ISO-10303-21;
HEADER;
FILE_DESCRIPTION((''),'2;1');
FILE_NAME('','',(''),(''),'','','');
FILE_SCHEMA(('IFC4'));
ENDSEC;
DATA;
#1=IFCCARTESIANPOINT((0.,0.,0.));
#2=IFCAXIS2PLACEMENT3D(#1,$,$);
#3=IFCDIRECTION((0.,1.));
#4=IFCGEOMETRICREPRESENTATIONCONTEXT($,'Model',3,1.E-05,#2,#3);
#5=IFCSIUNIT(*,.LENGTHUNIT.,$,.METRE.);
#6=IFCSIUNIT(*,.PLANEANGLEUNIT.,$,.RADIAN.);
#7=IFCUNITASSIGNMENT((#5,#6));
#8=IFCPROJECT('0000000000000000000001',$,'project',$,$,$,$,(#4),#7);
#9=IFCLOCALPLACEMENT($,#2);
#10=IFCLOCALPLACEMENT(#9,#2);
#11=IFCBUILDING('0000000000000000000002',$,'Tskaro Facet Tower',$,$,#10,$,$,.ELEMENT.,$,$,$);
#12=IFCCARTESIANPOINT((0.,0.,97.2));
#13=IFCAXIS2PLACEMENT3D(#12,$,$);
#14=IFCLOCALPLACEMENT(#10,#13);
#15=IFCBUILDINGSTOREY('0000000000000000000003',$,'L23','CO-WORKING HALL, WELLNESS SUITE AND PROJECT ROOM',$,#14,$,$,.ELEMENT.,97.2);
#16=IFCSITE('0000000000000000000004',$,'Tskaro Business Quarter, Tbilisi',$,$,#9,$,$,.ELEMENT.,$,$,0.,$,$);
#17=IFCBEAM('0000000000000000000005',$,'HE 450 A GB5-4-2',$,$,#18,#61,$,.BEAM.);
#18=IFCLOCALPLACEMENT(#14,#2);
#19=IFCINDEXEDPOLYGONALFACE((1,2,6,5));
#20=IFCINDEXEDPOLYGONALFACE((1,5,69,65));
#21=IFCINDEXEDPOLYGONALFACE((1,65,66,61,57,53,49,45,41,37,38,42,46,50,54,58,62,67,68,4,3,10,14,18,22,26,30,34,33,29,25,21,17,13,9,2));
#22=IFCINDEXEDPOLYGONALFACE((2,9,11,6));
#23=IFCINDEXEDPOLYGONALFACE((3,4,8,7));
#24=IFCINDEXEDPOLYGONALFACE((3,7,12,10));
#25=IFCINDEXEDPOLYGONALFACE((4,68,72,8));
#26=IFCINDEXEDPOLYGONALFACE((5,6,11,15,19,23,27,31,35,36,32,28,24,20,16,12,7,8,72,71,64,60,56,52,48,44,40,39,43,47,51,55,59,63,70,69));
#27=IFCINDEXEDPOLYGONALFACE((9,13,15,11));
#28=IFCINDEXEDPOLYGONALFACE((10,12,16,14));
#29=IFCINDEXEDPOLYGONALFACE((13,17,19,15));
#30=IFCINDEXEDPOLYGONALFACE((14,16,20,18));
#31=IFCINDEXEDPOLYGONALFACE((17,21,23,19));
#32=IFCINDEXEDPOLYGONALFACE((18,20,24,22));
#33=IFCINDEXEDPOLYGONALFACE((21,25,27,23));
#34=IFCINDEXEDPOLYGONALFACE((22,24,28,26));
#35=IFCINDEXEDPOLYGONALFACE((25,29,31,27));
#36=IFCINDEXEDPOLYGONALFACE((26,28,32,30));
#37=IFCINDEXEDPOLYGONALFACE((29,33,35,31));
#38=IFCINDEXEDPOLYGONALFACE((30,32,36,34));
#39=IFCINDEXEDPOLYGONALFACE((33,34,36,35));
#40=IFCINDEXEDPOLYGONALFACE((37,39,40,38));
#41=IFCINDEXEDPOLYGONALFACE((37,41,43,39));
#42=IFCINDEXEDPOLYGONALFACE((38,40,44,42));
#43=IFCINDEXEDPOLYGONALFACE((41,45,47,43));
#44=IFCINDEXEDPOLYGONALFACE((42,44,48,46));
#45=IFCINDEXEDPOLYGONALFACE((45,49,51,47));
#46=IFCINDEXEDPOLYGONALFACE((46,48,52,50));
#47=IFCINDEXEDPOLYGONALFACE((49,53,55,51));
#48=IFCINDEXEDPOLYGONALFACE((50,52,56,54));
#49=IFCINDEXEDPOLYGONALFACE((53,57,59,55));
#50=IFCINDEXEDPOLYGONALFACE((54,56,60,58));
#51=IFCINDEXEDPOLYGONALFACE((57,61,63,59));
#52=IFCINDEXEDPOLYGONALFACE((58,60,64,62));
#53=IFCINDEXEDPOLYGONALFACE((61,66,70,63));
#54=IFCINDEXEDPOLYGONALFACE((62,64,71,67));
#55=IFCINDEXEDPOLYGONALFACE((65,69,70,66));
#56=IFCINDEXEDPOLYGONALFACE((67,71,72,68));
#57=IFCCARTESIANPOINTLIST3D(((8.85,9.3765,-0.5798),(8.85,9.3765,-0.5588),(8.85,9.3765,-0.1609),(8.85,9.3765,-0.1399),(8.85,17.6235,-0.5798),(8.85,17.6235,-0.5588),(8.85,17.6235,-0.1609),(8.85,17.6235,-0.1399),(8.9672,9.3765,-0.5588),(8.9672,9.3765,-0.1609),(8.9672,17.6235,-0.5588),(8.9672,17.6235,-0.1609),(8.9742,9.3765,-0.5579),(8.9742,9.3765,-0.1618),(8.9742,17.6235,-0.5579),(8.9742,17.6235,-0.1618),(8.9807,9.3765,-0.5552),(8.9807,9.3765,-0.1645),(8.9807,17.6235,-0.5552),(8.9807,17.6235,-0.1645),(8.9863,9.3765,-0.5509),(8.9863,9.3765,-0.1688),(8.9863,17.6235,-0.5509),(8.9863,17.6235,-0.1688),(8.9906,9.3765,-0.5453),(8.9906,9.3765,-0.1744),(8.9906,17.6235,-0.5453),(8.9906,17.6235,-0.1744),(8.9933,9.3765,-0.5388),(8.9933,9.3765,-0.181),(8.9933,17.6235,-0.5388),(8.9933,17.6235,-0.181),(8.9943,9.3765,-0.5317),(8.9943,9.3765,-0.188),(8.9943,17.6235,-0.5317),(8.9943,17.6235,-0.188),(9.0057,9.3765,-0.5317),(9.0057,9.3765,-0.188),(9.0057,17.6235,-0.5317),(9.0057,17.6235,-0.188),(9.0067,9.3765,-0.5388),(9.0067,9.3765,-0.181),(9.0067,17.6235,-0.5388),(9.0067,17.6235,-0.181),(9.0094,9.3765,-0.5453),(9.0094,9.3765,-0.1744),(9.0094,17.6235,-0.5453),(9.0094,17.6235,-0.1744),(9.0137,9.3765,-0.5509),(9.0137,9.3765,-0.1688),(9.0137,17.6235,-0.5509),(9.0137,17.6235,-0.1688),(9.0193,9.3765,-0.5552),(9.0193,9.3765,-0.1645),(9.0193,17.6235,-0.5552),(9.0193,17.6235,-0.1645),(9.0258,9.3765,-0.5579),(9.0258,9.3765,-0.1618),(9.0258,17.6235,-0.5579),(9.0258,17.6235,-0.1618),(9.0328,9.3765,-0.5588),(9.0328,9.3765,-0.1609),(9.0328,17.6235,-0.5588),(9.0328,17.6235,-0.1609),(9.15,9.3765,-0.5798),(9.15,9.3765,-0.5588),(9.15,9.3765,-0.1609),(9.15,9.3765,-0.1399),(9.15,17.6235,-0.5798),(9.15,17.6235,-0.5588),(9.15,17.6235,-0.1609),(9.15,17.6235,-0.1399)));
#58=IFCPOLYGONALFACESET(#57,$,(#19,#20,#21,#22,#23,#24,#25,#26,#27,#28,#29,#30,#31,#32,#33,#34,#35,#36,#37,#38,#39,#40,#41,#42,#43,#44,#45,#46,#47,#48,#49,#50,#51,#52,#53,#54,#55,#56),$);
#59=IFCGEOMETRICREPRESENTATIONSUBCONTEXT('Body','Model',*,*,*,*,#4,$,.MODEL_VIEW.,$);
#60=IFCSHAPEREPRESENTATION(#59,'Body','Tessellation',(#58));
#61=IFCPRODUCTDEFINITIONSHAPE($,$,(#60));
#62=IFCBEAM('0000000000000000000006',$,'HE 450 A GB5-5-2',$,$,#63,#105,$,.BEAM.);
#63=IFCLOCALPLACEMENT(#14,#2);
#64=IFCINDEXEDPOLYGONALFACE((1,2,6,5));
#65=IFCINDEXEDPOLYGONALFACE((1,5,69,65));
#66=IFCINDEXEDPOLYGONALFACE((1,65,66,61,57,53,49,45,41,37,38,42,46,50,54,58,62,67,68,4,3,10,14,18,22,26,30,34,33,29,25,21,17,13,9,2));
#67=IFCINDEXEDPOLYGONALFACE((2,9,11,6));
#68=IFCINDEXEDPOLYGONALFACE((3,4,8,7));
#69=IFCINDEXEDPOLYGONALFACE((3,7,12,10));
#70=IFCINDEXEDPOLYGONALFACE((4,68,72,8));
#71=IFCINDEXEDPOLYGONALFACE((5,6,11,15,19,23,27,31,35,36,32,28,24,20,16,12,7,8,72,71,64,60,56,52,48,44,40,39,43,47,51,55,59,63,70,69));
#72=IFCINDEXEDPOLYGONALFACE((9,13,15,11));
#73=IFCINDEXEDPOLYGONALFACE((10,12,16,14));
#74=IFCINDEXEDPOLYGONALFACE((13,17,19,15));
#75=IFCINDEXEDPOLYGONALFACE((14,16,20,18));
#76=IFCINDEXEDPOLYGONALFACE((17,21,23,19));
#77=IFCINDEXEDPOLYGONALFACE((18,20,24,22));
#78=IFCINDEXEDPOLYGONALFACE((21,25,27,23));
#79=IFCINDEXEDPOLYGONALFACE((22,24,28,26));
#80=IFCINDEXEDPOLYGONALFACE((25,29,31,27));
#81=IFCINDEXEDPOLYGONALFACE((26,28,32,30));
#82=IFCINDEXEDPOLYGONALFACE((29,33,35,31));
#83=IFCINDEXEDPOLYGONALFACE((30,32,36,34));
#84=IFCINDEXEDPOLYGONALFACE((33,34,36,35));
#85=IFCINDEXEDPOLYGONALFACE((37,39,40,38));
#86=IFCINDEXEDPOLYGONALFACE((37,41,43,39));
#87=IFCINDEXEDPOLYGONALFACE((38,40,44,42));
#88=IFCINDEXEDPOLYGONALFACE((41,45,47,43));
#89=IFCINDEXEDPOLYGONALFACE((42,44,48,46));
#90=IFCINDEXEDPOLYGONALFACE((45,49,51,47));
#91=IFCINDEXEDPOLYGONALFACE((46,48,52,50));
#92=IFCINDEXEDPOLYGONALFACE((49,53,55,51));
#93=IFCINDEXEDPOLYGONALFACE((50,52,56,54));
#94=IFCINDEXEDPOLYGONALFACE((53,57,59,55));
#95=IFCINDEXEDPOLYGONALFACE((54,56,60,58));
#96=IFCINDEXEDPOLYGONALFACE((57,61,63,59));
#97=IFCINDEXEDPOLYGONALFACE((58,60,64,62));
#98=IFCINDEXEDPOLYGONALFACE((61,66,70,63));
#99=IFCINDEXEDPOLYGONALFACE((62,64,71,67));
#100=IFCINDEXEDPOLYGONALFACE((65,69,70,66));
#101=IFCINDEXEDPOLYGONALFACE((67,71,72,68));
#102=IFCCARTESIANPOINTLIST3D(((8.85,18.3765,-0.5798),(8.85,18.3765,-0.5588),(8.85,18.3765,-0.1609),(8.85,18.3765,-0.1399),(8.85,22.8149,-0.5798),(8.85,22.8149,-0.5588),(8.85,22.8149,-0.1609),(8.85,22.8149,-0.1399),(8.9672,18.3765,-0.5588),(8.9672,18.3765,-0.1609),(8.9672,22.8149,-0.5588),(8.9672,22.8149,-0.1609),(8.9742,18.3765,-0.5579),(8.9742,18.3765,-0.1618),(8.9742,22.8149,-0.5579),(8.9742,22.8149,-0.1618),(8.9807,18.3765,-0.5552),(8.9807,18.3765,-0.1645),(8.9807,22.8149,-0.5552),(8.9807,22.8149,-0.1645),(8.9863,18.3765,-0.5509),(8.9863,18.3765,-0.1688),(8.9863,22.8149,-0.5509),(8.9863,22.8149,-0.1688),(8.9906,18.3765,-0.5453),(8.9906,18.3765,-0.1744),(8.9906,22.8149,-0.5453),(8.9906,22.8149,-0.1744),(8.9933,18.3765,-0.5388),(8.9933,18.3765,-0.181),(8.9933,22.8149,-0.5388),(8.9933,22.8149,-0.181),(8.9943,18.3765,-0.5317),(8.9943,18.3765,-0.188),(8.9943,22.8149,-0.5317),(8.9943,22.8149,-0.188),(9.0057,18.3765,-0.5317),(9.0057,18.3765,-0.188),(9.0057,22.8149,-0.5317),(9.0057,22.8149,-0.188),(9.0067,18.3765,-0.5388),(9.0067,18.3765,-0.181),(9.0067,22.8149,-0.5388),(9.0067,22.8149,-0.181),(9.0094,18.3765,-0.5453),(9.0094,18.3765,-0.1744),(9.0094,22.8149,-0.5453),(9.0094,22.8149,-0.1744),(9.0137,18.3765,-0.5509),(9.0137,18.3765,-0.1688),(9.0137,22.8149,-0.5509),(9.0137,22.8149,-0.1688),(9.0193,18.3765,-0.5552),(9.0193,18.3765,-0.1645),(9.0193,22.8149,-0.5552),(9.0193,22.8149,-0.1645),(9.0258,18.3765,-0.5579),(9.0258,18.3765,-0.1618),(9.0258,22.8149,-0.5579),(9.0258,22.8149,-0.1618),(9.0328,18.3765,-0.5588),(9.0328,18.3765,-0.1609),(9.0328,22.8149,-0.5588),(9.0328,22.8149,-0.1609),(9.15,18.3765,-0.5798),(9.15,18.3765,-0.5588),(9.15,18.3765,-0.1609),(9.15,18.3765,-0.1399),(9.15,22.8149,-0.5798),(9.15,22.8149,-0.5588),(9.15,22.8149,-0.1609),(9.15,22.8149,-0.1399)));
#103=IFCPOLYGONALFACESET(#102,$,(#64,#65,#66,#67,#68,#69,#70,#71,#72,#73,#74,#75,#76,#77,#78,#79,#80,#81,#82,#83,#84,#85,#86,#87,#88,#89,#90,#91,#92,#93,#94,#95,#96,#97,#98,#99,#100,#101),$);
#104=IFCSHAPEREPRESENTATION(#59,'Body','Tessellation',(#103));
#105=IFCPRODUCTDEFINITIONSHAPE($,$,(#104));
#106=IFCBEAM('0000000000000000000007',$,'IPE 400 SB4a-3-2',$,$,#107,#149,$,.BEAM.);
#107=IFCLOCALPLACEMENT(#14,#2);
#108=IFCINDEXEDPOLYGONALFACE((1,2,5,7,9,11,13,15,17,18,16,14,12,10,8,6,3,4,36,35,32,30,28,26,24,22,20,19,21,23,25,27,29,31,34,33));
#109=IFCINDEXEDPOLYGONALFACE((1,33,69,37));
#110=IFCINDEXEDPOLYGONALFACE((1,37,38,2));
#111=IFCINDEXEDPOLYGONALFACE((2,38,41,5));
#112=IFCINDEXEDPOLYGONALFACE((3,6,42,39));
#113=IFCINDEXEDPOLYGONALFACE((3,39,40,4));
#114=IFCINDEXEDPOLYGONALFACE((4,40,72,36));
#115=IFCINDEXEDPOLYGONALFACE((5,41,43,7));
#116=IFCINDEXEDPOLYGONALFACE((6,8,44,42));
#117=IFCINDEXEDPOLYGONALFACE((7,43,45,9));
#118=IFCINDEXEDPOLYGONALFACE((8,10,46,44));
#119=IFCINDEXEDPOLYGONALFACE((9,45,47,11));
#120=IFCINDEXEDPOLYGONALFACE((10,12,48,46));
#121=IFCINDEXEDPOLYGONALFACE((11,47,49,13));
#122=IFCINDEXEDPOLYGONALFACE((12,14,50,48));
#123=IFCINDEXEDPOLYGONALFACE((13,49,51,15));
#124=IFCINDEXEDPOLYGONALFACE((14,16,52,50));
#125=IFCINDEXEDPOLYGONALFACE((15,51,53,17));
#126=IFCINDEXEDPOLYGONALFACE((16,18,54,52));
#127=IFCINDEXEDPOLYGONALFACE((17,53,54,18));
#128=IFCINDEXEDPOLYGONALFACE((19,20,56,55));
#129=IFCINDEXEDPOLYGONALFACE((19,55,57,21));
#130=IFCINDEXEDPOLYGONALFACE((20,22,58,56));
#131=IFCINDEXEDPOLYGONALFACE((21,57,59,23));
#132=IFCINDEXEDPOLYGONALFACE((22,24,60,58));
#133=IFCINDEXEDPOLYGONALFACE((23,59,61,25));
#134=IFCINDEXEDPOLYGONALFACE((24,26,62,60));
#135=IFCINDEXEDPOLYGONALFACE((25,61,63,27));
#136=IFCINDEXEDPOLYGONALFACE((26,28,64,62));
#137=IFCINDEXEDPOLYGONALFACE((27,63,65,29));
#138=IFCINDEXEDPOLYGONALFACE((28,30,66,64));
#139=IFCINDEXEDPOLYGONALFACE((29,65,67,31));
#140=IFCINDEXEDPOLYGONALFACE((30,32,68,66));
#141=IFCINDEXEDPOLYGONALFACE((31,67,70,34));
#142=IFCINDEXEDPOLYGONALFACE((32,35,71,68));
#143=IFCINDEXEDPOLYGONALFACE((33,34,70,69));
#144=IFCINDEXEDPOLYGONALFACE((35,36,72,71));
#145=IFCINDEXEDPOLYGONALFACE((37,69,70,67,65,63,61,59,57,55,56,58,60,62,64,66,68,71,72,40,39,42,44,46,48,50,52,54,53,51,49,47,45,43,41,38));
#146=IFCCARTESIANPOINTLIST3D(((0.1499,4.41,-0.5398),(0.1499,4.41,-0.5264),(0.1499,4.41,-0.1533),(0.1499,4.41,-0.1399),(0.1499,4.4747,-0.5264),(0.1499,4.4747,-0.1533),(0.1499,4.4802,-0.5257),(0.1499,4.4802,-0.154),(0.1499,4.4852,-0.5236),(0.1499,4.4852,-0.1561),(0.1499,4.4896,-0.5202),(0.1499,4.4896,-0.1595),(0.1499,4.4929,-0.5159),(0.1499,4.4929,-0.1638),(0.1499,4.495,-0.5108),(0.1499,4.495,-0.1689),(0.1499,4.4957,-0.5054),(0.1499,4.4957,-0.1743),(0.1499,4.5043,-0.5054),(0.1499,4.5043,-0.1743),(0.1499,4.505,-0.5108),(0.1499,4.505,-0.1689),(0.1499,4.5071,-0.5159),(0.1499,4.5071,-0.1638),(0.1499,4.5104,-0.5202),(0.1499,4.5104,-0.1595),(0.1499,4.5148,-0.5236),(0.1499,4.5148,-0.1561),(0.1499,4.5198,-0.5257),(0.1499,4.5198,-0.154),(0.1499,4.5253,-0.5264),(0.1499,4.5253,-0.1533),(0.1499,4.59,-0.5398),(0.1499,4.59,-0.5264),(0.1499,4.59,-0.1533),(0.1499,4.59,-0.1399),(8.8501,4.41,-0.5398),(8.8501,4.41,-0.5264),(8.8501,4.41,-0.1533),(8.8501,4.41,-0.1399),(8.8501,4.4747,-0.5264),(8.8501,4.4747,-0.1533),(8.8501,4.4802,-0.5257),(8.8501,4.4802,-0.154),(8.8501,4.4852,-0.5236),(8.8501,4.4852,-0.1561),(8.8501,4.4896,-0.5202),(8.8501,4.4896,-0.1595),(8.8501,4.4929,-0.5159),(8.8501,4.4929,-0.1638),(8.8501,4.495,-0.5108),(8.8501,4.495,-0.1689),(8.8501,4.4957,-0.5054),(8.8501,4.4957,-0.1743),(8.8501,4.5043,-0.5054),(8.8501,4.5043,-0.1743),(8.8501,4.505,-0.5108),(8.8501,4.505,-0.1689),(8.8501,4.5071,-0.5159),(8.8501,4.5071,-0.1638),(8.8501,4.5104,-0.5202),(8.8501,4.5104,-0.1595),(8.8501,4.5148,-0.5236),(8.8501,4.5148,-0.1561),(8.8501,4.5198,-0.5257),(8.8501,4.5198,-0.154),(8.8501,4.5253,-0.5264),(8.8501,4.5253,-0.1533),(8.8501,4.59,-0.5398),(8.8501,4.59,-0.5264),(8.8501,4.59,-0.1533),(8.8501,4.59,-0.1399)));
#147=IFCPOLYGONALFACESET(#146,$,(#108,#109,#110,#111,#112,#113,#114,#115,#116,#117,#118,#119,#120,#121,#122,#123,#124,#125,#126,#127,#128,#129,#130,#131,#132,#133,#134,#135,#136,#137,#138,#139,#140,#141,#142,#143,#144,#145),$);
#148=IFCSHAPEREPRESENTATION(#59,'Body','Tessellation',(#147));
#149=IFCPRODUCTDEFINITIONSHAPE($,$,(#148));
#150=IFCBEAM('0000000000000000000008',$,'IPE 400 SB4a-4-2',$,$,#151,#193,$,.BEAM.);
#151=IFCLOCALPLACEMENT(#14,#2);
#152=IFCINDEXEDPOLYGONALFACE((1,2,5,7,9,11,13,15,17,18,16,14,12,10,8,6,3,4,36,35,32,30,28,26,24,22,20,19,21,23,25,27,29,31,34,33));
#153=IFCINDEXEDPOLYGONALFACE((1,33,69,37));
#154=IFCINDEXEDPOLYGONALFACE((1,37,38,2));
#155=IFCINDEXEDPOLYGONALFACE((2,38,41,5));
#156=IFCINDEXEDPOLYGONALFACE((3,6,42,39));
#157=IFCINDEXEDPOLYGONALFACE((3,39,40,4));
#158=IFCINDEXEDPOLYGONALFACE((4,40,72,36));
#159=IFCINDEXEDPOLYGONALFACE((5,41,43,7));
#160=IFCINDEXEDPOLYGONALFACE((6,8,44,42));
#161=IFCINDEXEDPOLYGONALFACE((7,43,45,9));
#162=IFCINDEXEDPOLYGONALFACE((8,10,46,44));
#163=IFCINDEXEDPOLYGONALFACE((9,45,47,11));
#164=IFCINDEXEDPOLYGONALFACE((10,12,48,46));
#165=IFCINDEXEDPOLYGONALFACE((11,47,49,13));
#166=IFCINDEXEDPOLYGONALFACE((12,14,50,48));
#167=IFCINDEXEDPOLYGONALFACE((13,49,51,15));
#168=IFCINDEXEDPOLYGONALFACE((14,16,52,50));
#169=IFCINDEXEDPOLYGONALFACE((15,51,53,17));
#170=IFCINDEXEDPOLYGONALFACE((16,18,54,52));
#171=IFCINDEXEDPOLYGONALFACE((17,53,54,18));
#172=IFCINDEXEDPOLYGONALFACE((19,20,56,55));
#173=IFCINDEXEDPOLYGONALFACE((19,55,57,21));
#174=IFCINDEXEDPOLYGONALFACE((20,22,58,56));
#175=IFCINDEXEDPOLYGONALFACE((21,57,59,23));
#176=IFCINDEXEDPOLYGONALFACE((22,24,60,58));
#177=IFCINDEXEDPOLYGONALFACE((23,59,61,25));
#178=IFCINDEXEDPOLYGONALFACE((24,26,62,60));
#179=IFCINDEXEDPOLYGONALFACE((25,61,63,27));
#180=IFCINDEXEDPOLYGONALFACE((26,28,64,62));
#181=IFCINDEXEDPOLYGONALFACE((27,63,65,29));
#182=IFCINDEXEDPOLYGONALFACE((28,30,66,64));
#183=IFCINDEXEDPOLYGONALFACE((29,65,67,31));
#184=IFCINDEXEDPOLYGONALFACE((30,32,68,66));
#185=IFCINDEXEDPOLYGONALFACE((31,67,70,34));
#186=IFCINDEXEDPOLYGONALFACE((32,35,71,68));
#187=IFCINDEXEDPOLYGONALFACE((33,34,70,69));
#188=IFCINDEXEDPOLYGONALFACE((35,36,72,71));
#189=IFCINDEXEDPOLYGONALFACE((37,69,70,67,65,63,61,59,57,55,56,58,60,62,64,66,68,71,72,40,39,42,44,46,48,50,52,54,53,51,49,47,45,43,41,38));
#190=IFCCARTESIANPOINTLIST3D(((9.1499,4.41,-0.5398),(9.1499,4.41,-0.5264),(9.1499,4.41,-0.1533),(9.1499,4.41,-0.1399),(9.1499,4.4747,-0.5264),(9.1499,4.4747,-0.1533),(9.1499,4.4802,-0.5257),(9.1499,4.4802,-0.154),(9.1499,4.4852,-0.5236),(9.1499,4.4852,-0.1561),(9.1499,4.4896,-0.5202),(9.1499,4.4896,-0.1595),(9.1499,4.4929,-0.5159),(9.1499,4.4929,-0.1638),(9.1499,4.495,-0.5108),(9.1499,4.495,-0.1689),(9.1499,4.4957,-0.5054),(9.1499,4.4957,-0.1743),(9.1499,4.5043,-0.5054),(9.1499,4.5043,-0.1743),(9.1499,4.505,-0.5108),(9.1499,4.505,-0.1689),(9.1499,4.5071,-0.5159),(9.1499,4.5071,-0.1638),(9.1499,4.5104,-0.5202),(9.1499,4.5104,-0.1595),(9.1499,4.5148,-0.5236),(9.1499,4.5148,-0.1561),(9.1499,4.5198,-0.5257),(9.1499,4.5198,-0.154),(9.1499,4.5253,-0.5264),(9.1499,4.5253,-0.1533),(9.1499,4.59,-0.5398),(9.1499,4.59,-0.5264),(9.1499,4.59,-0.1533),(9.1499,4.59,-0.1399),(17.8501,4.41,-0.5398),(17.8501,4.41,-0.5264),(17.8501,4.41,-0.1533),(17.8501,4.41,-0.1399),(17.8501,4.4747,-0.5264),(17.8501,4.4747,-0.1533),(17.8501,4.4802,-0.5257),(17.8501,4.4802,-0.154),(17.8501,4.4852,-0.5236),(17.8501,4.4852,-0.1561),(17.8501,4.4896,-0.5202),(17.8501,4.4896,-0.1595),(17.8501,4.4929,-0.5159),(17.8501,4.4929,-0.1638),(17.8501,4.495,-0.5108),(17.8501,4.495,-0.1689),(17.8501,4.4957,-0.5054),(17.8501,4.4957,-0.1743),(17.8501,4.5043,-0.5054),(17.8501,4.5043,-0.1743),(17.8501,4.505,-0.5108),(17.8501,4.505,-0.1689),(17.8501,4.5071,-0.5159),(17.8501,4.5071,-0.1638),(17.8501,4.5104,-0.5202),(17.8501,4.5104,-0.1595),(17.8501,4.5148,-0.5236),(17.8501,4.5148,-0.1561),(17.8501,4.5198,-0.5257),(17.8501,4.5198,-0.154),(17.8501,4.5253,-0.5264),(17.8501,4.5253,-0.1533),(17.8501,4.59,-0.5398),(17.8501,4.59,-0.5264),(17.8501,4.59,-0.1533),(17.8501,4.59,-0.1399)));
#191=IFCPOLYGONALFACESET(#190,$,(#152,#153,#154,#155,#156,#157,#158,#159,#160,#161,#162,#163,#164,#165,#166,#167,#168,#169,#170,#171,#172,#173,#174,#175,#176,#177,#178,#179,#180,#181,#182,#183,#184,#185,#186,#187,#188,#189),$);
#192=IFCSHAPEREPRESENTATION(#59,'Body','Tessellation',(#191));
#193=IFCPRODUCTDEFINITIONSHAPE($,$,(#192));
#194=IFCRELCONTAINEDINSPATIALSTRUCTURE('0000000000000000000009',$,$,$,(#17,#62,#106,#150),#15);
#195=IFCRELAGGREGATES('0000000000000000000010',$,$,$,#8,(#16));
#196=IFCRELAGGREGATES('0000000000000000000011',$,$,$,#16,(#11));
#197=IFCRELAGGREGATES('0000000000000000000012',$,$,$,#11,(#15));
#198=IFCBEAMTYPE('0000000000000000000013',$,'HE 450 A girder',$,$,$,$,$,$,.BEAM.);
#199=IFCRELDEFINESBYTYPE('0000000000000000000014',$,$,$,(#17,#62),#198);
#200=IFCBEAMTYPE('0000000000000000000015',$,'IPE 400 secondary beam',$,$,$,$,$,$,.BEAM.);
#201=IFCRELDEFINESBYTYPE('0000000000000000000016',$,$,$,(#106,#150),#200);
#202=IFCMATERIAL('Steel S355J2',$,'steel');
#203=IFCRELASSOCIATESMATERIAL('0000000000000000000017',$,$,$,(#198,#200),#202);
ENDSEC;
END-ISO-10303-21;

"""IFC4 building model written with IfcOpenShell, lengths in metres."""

from ifc_helpers import new_model, si_unit, direction, frame, origin, origin_2d, place, context, subcontext, project, spatial, i_section, extrude, material, material_profile, profile_set, type_object, element, save


model = new_model("IFC4")

# Units and contexts
model_context = context("Model", 3, precision=1e-05, world=origin(), true_north=direction((0.0, 1.0)))
body_context = subcontext(model_context, "Body", "Model", "MODEL_VIEW")
ifc_project = project(units=[si_unit("LENGTHUNIT", "METRE"), si_unit("PLANEANGLEUNIT", "RADIAN")], contexts=[model_context])

# Site, building, storey
site_placement = place(None, origin())
site = spatial("IfcSite", under=ifc_project, at=site_placement, Name="Tskaro Business Quarter, Tbilisi", CompositionType="ELEMENT", RefElevation=0.0)
building_placement = place(site_placement, origin())
building = spatial("IfcBuilding", under=site, at=building_placement, Name="Tskaro Facet Tower", CompositionType="ELEMENT")
storey_placement = place(building_placement, frame((0.0, 0.0, 97.2)))
storey = spatial("IfcBuildingStorey", under=building, at=storey_placement, Name="L23", Description="CO-WORKING HALL, WELLNESS SUITE AND PROJECT ROOM", CompositionType="ELEMENT", Elevation=97.2)

# Beams
ifc_material_1 = material(Name="Steel S355J2", Category="steel")
ifc_material_profile_1 = material_profile(ifc_material_1, i_section(OverallWidth=0.3, OverallDepth=0.4399, WebThickness=0.0115, FlangeThickness=0.021, FilletRadius=0.0271, at=origin_2d()), Name="HE 450 A")
ifc_profile_set_1 = profile_set([ifc_material_profile_1], Name="Steel S355J2")
beam_type_1 = type_object("IfcBeamType", Name="HE 450 A girder", PredefinedType="BEAM", material=ifc_profile_set_1)
beam_1_placement = place(storey_placement, frame((9.0, 9.3765, -0.3599), z_axis=(0.0, 1.0, 0.0), x_axis=(-1.0, 0.0, 0.0)))
element("IfcBeam", 1, at=beam_1_placement, inside=storey, type_object=beam_type_1, Name="HE 450 A GB5-4-2", PredefinedType="BEAM", context=body_context, shape_type="SweptSolid", body=[
    extrude(i_section(OverallWidth=0.3, OverallDepth=0.4399, WebThickness=0.0115, FlangeThickness=0.021, FilletRadius=0.0271, at=origin_2d()), origin(), (0.0, 0.0, 1.0), 8.2471),
])
beam_2_placement = place(storey_placement, frame((9.0, 18.3765, -0.3599), z_axis=(0.0, 1.0, 0.0), x_axis=(-1.0, 0.0, 0.0)))
element("IfcBeam", 2, at=beam_2_placement, inside=storey, type_object=beam_type_1, Name="HE 450 A GB5-5-2", PredefinedType="BEAM", context=body_context, shape_type="SweptSolid", body=[
    extrude(i_section(OverallWidth=0.3, OverallDepth=0.4399, WebThickness=0.0115, FlangeThickness=0.021, FilletRadius=0.0271, at=origin_2d()), origin(), (0.0, 0.0, 1.0), 4.4385),
])
ifc_material_profile_2 = material_profile(ifc_material_1, i_section(OverallWidth=0.1799, OverallDepth=0.3999, WebThickness=0.0085, FlangeThickness=0.0134, FilletRadius=0.021, at=origin_2d()), Name="IPE 400")
ifc_profile_set_2 = profile_set([ifc_material_profile_2], Name="Steel S355J2")
beam_type_2 = type_object("IfcBeamType", Name="IPE 400 secondary beam", PredefinedType="BEAM", material=ifc_profile_set_2)
for number, where, z_axis, x_axis, name in (
    (3, (0.1499, 4.5, -0.3398), (1.0, 0.0, 0.0), (0.0, 1.0, 0.0), "IPE 400 SB4a-3-2"),
    (4, (9.1499, 4.5, -0.3398), (1.0, 0.0, 0.0), (0.0, 1.0, 0.0), "IPE 400 SB4a-4-2"),
):
    element("IfcBeam", number, at=place(storey_placement, frame(where, z_axis=z_axis, x_axis=x_axis)), inside=storey, type_object=beam_type_2, Name=name, PredefinedType="BEAM", context=body_context, shape_type="SweptSolid", body=[
        extrude(i_section(OverallWidth=0.1799, OverallDepth=0.3999, WebThickness=0.0085, FlangeThickness=0.0134, FilletRadius=0.021, at=origin_2d()), origin(), (0.0, 0.0, 1.0), 8.7002),
    ])

save(model, "model.ifc")
